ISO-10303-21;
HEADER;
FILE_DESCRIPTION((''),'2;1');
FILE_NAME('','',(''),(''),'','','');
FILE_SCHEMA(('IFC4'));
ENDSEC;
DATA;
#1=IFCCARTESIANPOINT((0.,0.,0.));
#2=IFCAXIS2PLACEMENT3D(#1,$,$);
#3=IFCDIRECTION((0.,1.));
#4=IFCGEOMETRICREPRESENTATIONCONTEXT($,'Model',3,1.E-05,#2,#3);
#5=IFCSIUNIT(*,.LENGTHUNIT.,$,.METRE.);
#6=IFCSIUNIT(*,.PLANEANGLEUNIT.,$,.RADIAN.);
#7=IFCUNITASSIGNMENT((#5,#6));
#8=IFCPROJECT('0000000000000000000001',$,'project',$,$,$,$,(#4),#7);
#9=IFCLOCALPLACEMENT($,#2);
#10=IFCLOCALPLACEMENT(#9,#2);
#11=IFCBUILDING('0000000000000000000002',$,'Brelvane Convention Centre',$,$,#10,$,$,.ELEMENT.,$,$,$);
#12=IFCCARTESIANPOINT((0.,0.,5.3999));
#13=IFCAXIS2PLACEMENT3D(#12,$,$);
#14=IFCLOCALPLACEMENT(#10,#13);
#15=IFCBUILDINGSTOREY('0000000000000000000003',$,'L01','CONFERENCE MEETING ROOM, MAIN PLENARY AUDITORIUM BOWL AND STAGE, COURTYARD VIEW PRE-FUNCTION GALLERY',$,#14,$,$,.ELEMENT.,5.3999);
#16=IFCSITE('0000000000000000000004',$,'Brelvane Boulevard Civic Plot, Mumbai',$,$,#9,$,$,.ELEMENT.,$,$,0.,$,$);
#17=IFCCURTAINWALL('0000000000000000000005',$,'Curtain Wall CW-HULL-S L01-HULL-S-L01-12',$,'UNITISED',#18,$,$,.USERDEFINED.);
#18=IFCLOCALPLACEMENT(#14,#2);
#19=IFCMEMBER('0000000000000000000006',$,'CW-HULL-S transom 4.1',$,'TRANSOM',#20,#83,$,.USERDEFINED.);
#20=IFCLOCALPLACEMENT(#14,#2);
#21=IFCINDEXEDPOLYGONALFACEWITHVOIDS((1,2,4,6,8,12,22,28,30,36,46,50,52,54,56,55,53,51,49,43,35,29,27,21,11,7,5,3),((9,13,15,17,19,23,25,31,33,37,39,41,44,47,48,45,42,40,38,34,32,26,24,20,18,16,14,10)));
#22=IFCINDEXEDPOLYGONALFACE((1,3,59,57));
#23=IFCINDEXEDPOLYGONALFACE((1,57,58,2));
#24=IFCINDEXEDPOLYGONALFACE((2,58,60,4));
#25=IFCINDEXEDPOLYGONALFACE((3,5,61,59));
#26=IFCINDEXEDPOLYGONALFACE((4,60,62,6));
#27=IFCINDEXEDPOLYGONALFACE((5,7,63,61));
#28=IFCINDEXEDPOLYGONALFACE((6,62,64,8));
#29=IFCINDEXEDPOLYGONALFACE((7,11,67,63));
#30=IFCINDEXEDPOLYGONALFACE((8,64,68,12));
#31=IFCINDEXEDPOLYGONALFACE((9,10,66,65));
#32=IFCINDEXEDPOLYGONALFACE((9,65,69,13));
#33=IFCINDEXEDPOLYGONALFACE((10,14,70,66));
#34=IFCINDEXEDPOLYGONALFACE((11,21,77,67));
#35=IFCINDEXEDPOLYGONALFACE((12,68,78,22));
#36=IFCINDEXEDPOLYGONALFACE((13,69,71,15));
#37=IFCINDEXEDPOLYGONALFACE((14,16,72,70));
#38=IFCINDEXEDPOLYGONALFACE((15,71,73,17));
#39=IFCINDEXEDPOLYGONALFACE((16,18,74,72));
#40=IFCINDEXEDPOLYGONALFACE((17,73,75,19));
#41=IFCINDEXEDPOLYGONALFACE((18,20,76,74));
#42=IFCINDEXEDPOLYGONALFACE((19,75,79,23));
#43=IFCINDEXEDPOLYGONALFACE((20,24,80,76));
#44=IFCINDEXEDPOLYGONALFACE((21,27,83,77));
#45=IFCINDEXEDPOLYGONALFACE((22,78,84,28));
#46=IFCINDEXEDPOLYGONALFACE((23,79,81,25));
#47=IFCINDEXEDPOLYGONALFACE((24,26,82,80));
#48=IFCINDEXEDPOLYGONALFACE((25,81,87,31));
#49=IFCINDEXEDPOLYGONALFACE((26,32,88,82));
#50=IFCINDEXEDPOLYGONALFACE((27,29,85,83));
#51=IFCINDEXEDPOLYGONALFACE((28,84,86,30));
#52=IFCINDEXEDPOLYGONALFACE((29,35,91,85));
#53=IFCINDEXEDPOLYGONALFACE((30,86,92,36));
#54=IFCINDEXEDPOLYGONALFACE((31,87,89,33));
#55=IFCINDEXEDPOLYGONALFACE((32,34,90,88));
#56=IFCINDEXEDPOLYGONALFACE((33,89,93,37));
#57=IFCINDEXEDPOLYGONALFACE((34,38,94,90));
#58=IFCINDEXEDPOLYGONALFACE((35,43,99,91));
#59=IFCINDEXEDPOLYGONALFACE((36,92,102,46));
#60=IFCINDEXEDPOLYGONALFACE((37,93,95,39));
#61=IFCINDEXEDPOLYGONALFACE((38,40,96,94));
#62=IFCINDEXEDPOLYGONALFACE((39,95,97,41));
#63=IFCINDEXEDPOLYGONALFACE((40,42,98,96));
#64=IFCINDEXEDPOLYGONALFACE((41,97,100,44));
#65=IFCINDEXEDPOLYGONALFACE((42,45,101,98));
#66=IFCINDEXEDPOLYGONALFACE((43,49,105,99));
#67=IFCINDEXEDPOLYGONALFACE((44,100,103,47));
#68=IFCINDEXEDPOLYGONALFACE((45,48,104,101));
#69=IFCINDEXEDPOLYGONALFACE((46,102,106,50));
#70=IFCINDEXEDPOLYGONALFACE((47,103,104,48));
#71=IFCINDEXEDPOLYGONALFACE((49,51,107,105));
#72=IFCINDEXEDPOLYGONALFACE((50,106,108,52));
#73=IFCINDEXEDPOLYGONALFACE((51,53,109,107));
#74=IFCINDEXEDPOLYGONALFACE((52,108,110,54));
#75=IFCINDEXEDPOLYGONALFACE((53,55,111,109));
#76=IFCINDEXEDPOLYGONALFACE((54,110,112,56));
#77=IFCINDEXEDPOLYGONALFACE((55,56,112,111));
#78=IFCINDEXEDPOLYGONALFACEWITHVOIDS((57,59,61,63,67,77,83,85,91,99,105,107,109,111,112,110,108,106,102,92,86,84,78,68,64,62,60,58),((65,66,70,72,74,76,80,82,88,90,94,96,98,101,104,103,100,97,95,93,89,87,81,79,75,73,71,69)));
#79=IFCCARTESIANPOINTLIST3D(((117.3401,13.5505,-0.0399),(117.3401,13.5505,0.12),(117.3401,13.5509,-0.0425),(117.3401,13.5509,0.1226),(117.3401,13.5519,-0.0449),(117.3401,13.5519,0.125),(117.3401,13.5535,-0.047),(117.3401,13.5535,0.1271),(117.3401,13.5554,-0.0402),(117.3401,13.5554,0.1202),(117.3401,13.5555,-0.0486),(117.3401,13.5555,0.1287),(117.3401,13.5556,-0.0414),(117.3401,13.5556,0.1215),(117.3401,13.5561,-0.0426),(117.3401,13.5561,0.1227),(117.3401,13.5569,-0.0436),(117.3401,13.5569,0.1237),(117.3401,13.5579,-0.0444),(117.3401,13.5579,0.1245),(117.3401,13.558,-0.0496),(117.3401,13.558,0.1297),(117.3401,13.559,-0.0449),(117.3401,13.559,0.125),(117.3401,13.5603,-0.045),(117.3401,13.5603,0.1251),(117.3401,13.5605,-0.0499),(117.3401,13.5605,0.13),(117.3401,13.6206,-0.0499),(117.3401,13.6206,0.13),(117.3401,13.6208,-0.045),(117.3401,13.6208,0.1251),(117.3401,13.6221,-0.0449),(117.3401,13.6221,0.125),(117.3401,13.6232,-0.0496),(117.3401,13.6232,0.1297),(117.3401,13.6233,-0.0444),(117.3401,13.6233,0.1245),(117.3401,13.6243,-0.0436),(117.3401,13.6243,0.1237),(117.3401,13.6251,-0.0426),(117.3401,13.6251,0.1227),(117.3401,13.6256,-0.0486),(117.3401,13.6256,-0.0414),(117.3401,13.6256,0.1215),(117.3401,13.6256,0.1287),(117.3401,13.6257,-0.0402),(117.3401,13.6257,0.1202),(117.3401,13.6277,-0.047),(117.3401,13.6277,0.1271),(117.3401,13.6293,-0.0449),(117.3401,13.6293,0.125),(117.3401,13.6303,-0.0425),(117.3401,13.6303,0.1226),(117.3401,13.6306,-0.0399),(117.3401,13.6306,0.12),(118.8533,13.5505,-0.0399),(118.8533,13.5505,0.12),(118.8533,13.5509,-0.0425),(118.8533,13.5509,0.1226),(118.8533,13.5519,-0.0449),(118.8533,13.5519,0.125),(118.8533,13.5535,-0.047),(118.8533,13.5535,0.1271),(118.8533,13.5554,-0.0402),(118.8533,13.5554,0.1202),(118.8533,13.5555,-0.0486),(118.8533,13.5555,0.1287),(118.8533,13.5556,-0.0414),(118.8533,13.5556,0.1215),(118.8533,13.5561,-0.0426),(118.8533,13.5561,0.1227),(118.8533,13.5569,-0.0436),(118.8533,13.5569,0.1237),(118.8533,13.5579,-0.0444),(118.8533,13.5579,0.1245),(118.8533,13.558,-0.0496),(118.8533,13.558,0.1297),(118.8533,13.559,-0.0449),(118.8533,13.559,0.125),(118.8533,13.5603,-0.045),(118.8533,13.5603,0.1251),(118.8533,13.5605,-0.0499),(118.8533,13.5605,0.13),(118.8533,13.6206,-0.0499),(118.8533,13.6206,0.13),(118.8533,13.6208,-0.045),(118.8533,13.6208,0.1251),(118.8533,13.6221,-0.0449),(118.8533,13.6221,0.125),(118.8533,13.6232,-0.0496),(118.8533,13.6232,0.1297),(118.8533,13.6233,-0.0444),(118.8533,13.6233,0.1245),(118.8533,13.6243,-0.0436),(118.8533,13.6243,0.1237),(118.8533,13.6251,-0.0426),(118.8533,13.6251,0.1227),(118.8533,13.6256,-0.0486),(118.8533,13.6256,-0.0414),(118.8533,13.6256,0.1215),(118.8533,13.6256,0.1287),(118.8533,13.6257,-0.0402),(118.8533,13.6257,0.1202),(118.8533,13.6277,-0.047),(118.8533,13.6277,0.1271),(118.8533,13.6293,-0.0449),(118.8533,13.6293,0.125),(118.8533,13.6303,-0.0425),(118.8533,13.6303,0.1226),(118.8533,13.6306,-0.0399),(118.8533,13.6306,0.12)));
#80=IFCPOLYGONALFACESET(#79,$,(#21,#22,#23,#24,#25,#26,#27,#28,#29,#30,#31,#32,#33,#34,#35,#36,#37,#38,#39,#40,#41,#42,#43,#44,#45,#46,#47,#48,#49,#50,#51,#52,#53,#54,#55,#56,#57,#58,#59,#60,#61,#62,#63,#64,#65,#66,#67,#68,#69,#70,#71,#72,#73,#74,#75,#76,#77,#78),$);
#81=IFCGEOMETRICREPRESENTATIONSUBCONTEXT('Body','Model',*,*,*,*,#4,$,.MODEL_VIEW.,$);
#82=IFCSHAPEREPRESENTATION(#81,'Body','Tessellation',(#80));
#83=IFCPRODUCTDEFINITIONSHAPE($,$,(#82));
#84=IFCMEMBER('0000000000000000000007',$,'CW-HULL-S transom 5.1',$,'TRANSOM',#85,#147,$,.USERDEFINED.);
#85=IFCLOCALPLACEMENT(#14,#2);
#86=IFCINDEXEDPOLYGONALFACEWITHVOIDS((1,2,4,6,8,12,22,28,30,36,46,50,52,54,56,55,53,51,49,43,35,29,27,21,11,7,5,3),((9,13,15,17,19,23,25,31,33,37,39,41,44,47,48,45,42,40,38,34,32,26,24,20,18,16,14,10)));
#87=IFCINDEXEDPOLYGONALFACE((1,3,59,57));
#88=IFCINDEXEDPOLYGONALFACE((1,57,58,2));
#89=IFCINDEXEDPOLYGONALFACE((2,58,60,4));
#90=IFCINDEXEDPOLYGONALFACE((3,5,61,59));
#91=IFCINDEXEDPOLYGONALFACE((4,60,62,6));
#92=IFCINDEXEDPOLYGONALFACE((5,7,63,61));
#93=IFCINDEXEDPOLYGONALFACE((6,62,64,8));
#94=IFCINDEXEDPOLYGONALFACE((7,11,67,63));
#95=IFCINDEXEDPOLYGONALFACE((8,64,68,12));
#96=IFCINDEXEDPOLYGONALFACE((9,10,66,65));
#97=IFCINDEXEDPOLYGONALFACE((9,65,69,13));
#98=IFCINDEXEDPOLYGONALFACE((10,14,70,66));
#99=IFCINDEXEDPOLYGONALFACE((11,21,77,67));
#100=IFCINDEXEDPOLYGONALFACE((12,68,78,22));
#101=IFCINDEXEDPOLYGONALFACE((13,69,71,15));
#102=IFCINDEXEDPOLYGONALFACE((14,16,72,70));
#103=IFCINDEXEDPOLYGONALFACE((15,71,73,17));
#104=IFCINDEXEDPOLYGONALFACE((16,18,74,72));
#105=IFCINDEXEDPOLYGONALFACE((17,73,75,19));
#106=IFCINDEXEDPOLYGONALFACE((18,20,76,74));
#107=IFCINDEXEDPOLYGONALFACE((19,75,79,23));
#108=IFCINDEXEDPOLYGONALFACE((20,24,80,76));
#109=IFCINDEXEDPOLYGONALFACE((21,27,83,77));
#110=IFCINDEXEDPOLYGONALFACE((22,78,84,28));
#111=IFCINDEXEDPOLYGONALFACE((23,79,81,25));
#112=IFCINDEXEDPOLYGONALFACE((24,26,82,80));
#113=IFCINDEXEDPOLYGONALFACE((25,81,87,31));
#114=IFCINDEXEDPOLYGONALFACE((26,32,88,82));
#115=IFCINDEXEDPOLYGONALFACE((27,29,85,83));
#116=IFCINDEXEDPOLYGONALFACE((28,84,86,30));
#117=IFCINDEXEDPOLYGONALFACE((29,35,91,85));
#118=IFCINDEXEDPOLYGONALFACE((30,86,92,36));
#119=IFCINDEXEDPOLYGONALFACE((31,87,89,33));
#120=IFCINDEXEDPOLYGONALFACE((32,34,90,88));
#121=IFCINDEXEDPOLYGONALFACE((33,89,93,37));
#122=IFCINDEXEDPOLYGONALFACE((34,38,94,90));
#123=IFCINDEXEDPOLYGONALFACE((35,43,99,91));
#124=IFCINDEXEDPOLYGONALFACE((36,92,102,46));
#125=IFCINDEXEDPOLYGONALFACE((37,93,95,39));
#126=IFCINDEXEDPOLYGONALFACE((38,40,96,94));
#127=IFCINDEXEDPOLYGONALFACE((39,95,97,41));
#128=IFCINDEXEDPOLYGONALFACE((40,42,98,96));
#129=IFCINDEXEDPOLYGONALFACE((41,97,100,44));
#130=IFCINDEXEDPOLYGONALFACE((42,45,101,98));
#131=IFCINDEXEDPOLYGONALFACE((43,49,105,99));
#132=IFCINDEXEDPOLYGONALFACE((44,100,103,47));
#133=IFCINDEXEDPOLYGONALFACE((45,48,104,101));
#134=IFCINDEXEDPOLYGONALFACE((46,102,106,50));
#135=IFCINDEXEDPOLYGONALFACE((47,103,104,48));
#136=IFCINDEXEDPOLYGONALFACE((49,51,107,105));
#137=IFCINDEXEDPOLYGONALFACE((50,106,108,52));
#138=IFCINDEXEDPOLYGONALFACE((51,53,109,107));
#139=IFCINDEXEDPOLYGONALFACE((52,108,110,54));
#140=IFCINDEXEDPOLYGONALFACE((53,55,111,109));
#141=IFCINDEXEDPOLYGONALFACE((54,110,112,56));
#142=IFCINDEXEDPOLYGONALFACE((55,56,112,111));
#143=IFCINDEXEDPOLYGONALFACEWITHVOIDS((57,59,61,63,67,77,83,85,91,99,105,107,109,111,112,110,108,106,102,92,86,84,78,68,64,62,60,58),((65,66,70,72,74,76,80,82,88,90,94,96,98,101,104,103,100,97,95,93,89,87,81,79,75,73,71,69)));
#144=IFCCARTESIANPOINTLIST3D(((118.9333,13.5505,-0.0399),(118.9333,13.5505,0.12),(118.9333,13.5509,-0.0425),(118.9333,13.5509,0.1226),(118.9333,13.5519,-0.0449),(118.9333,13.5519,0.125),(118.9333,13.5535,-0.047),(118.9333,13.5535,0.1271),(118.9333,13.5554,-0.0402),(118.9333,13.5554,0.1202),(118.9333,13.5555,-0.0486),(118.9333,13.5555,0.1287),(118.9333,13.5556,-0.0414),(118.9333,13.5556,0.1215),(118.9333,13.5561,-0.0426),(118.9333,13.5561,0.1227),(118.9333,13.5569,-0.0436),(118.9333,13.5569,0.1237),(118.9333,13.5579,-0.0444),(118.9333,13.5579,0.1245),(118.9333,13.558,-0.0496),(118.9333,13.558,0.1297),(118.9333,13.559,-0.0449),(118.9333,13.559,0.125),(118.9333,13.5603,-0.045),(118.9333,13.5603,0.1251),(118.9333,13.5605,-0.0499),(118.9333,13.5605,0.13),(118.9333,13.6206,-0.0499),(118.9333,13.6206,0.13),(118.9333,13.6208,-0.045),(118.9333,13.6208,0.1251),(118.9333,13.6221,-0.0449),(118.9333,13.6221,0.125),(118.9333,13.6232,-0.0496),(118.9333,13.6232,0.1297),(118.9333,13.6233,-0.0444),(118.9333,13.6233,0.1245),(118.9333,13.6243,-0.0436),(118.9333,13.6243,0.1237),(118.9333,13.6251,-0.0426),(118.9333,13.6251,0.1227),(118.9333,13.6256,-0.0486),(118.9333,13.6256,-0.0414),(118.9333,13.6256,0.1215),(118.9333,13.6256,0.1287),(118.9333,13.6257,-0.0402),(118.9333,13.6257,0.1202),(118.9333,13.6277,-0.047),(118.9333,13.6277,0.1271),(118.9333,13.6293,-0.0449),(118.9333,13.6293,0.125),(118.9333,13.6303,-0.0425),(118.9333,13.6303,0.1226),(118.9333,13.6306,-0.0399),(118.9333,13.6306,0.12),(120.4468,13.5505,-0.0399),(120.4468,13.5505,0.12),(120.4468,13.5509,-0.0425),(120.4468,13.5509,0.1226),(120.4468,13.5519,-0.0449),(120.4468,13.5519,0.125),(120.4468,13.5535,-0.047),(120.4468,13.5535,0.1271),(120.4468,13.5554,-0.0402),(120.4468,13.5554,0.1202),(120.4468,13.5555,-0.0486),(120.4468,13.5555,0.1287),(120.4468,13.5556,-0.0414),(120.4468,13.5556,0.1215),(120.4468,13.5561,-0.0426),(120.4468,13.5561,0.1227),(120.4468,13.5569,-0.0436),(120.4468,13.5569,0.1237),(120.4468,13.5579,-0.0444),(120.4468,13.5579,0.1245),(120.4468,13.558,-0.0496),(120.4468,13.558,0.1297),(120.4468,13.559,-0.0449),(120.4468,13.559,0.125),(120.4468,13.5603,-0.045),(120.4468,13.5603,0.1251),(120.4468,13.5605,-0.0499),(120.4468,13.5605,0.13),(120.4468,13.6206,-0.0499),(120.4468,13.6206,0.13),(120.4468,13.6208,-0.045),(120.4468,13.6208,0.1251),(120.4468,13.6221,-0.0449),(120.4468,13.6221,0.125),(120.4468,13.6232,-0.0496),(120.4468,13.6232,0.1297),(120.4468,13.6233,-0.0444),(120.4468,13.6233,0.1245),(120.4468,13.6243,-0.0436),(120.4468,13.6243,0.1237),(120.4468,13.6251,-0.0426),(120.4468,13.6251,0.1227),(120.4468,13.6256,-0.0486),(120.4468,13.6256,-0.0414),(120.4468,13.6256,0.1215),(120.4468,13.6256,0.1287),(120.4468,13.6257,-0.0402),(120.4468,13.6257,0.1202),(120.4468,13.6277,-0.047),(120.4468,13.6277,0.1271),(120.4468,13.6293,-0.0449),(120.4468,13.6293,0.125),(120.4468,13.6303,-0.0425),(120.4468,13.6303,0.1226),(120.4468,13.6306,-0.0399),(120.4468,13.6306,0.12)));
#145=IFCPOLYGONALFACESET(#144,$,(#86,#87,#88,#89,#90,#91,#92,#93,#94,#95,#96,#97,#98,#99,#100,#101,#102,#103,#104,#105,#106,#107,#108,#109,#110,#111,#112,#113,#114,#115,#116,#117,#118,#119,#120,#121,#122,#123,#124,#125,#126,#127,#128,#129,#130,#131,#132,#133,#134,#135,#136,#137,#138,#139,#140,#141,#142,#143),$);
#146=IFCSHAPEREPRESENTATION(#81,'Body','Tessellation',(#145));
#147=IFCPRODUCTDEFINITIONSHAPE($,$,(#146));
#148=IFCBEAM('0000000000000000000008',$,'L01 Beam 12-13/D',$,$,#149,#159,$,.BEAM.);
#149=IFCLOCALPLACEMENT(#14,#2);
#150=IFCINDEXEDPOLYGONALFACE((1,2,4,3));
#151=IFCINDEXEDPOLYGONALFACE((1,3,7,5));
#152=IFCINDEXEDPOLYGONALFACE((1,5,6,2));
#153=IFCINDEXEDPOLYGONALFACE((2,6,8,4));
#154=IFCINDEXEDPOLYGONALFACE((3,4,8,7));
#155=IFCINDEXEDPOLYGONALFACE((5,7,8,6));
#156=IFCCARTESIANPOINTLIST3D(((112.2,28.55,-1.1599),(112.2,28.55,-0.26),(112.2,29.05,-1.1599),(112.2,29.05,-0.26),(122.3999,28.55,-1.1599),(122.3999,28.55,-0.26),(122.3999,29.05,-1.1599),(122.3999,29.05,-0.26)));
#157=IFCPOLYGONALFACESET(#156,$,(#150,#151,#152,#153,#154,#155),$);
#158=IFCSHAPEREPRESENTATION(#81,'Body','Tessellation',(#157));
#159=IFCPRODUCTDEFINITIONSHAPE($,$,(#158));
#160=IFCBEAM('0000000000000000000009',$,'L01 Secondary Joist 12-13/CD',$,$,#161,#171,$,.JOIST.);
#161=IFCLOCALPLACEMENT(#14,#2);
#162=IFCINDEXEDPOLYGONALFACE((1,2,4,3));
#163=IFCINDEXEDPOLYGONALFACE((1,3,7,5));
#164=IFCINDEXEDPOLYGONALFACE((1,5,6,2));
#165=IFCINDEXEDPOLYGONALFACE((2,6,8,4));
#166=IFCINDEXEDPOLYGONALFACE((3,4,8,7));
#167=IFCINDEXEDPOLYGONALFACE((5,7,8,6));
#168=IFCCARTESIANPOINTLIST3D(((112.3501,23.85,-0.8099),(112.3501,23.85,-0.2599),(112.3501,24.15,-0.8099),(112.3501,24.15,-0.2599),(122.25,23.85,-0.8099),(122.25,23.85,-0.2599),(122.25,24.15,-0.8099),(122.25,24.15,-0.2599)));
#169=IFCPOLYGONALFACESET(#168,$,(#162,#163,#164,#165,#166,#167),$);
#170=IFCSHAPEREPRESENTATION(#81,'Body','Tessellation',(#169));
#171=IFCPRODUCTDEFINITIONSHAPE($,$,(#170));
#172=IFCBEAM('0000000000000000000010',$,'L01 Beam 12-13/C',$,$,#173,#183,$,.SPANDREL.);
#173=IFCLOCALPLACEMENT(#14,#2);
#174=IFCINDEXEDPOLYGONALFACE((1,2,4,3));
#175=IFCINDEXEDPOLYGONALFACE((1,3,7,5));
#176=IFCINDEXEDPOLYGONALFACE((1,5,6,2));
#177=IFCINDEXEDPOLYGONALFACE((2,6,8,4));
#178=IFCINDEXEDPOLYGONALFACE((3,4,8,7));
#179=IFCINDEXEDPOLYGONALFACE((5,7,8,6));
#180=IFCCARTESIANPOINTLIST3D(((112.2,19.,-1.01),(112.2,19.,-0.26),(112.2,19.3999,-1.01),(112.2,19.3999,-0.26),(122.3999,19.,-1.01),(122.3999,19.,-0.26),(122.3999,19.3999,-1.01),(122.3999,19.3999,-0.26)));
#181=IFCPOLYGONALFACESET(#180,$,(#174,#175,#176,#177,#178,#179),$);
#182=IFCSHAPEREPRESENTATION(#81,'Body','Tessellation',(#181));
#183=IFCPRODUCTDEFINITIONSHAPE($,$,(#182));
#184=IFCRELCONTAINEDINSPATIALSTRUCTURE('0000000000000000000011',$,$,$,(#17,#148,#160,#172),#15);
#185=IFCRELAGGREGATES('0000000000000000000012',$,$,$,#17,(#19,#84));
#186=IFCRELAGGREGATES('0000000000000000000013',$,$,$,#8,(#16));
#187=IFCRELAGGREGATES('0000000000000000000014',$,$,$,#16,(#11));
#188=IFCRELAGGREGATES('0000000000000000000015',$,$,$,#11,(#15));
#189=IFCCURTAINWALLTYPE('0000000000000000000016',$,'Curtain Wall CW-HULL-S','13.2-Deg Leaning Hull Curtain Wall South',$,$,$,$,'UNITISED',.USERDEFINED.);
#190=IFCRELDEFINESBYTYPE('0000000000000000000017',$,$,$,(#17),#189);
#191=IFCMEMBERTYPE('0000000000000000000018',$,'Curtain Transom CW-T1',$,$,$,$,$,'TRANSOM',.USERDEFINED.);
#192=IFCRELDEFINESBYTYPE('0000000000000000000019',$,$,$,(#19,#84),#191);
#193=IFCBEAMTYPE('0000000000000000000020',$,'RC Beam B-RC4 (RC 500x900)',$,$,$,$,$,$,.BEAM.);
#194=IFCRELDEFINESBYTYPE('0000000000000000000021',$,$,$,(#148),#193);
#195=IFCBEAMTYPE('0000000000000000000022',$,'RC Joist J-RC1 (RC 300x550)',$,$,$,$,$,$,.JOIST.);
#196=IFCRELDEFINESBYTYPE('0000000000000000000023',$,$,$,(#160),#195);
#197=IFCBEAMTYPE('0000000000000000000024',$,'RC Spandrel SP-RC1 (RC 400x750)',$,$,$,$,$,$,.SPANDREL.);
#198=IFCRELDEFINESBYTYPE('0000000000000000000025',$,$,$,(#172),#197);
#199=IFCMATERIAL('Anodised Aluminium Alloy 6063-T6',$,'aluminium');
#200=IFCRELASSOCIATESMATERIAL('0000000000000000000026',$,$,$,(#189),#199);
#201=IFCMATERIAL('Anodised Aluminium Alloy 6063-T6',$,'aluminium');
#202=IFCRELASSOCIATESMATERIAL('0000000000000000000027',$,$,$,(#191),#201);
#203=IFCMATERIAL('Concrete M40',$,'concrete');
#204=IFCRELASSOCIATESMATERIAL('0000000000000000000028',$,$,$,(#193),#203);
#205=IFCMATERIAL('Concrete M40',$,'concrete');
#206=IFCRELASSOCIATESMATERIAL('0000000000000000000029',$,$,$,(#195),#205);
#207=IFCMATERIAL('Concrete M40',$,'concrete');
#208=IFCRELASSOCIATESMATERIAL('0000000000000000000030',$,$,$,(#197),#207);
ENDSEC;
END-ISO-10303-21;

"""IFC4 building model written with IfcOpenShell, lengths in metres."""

from ifc_helpers import new_model, si_unit, direction, frame, origin, origin_2d, place, context, subcontext, project, spatial, rectangle, hollow_rectangle, extrude, material, material_profile, profile_set, type_object, element, aggregate, save


model = new_model("IFC4")

# Units and contexts
model_context = context("Model", 3, precision=1e-05, world=origin(), true_north=direction((0.0, 1.0)))
body_context = subcontext(model_context, "Body", "Model", "MODEL_VIEW")
ifc_project = project(units=[si_unit("LENGTHUNIT", "METRE"), si_unit("PLANEANGLEUNIT", "RADIAN")], contexts=[model_context])

# Site, building, storey
site_placement = place(None, origin())
site = spatial("IfcSite", under=ifc_project, at=site_placement, Name="Brelvane Boulevard Civic Plot, Mumbai", CompositionType="ELEMENT", RefElevation=0.0)
building_placement = place(site_placement, origin())
building = spatial("IfcBuilding", under=site, at=building_placement, Name="Brelvane Convention Centre", CompositionType="ELEMENT")
storey_placement = place(building_placement, frame((0.0, 0.0, 5.3999)))
storey = spatial("IfcBuildingStorey", under=building, at=storey_placement, Name="L01", Description="CONFERENCE MEETING ROOM, MAIN PLENARY AUDITORIUM BOWL AND STAGE, COURTYARD VIEW PRE-FUNCTION GALLERY", CompositionType="ELEMENT", Elevation=5.3999)

# Curtain wall
ifc_material_1 = material(Name="Anodised Aluminium Alloy 6063-T6", Category="aluminium")
curtain_wall_type = type_object("IfcCurtainWallType", Name="Curtain Wall CW-HULL-S", Description="13.2-Deg Leaning Hull Curtain Wall South", ElementType="UNITISED", PredefinedType="USERDEFINED", material=ifc_material_1)
curtain_wall_1_placement = place(storey_placement, origin())
curtain_wall_1 = element("IfcCurtainWall", 1, at=curtain_wall_1_placement, inside=storey, type_object=curtain_wall_type, Name="Curtain Wall CW-HULL-S L01-HULL-S-L01-12", ObjectType="UNITISED", PredefinedType="USERDEFINED")

# Members
ifc_material_2 = material(Name="Anodised Aluminium Alloy 6063-T6", Category="aluminium")
ifc_material_profile_1 = material_profile(ifc_material_2, hollow_rectangle(XDim=0.0801, YDim=0.1799, WallThickness=0.0049, InnerFilletRadius=0.0049, OuterFilletRadius=0.01, at=origin_2d()), Name="ALU-T 180x80x5.0")
ifc_profile_set_1 = profile_set([ifc_material_profile_1], Name="Anodised Aluminium Alloy 6063-T6")
member_type_1 = type_object("IfcMemberType", Name="Curtain Transom CW-T1", ElementType="TRANSOM", PredefinedType="USERDEFINED", material=ifc_profile_set_1)
member_1_placement = place(storey_placement, frame((117.3401, 13.5906, 0.04), z_axis=(1.0, 0.0, 0.0), x_axis=(0.0, 1.0, 0.0)))
member_1 = element("IfcMember", 2, at=member_1_placement, type_object=member_type_1, Name="CW-HULL-S transom 4.1", ObjectType="TRANSOM", PredefinedType="USERDEFINED", context=body_context, shape_type="SweptSolid", body=[
    extrude(hollow_rectangle(XDim=0.0801, YDim=0.1799, WallThickness=0.0049, InnerFilletRadius=0.0049, OuterFilletRadius=0.01, at=origin_2d()), origin(), (0.0, 0.0, 1.0), 1.5132),
])
member_2_placement = place(storey_placement, frame((118.9333, 13.5906, 0.04), z_axis=(1.0, 0.0, 0.0), x_axis=(0.0, 1.0, 0.0)))
member_2 = element("IfcMember", 3, at=member_2_placement, type_object=member_type_1, Name="CW-HULL-S transom 5.1", ObjectType="TRANSOM", PredefinedType="USERDEFINED", context=body_context, shape_type="SweptSolid", body=[
    extrude(hollow_rectangle(XDim=0.0801, YDim=0.1799, WallThickness=0.0049, InnerFilletRadius=0.0049, OuterFilletRadius=0.01, at=origin_2d()), origin(), (0.0, 0.0, 1.0), 1.5134),
])

# Beams
ifc_material_3 = material(Name="Concrete M40", Category="concrete")
ifc_material_profile_2 = material_profile(ifc_material_3, rectangle(XDim=0.5, YDim=0.8999, at=origin_2d()), Name="RC 500x900")
ifc_profile_set_2 = profile_set([ifc_material_profile_2], Name="Concrete M40")
beam_type_1 = type_object("IfcBeamType", Name="RC Beam B-RC4 (RC 500x900)", PredefinedType="BEAM", material=ifc_profile_set_2)
beam_1_placement = place(storey_placement, frame((112.2, 28.8, -0.71), z_axis=(1.0, 0.0, 0.0), x_axis=(0.0, 1.0, 0.0)))
element("IfcBeam", 4, at=beam_1_placement, inside=storey, type_object=beam_type_1, Name="L01 Beam 12-13/D", PredefinedType="BEAM", context=body_context, shape_type="SweptSolid", body=[
    extrude(rectangle(XDim=0.5, YDim=0.8999, at=origin_2d()), origin(), (0.0, 0.0, 1.0), 10.2),
])
ifc_material_4 = material(Name="Concrete M40", Category="concrete")
ifc_material_profile_3 = material_profile(ifc_material_4, rectangle(XDim=0.3, YDim=0.55, at=origin_2d()), Name="RC 300x550")
ifc_profile_set_3 = profile_set([ifc_material_profile_3], Name="Concrete M40")
beam_type_2 = type_object("IfcBeamType", Name="RC Joist J-RC1 (RC 300x550)", PredefinedType="JOIST", material=ifc_profile_set_3)
beam_2_placement = place(storey_placement, frame((112.3501, 24.0, -0.5349), z_axis=(1.0, 0.0, 0.0), x_axis=(0.0, 1.0, 0.0)))
element("IfcBeam", 5, at=beam_2_placement, inside=storey, type_object=beam_type_2, Name="L01 Secondary Joist 12-13/CD", PredefinedType="JOIST", context=body_context, shape_type="SweptSolid", body=[
    extrude(rectangle(XDim=0.3, YDim=0.55, at=origin_2d()), origin(), (0.0, 0.0, 1.0), 9.8999),
])
ifc_material_5 = material(Name="Concrete M40", Category="concrete")
ifc_material_profile_4 = material_profile(ifc_material_5, rectangle(XDim=0.3999, YDim=0.75, at=origin_2d()), Name="RC 400x750")
ifc_profile_set_4 = profile_set([ifc_material_profile_4], Name="Concrete M40")
beam_type_3 = type_object("IfcBeamType", Name="RC Spandrel SP-RC1 (RC 400x750)", PredefinedType="SPANDREL", material=ifc_profile_set_4)
beam_3_placement = place(storey_placement, frame((112.2, 19.2, -0.635), z_axis=(1.0, 0.0, 0.0), x_axis=(0.0, 1.0, 0.0)))
element("IfcBeam", 6, at=beam_3_placement, inside=storey, type_object=beam_type_3, Name="L01 Beam 12-13/C", PredefinedType="SPANDREL", context=body_context, shape_type="SweptSolid", body=[
    extrude(rectangle(XDim=0.3999, YDim=0.75, at=origin_2d()), origin(), (0.0, 0.0, 1.0), 10.2),
])

aggregate(curtain_wall_1, [member_1, member_2])

save(model, "model.ifc")
